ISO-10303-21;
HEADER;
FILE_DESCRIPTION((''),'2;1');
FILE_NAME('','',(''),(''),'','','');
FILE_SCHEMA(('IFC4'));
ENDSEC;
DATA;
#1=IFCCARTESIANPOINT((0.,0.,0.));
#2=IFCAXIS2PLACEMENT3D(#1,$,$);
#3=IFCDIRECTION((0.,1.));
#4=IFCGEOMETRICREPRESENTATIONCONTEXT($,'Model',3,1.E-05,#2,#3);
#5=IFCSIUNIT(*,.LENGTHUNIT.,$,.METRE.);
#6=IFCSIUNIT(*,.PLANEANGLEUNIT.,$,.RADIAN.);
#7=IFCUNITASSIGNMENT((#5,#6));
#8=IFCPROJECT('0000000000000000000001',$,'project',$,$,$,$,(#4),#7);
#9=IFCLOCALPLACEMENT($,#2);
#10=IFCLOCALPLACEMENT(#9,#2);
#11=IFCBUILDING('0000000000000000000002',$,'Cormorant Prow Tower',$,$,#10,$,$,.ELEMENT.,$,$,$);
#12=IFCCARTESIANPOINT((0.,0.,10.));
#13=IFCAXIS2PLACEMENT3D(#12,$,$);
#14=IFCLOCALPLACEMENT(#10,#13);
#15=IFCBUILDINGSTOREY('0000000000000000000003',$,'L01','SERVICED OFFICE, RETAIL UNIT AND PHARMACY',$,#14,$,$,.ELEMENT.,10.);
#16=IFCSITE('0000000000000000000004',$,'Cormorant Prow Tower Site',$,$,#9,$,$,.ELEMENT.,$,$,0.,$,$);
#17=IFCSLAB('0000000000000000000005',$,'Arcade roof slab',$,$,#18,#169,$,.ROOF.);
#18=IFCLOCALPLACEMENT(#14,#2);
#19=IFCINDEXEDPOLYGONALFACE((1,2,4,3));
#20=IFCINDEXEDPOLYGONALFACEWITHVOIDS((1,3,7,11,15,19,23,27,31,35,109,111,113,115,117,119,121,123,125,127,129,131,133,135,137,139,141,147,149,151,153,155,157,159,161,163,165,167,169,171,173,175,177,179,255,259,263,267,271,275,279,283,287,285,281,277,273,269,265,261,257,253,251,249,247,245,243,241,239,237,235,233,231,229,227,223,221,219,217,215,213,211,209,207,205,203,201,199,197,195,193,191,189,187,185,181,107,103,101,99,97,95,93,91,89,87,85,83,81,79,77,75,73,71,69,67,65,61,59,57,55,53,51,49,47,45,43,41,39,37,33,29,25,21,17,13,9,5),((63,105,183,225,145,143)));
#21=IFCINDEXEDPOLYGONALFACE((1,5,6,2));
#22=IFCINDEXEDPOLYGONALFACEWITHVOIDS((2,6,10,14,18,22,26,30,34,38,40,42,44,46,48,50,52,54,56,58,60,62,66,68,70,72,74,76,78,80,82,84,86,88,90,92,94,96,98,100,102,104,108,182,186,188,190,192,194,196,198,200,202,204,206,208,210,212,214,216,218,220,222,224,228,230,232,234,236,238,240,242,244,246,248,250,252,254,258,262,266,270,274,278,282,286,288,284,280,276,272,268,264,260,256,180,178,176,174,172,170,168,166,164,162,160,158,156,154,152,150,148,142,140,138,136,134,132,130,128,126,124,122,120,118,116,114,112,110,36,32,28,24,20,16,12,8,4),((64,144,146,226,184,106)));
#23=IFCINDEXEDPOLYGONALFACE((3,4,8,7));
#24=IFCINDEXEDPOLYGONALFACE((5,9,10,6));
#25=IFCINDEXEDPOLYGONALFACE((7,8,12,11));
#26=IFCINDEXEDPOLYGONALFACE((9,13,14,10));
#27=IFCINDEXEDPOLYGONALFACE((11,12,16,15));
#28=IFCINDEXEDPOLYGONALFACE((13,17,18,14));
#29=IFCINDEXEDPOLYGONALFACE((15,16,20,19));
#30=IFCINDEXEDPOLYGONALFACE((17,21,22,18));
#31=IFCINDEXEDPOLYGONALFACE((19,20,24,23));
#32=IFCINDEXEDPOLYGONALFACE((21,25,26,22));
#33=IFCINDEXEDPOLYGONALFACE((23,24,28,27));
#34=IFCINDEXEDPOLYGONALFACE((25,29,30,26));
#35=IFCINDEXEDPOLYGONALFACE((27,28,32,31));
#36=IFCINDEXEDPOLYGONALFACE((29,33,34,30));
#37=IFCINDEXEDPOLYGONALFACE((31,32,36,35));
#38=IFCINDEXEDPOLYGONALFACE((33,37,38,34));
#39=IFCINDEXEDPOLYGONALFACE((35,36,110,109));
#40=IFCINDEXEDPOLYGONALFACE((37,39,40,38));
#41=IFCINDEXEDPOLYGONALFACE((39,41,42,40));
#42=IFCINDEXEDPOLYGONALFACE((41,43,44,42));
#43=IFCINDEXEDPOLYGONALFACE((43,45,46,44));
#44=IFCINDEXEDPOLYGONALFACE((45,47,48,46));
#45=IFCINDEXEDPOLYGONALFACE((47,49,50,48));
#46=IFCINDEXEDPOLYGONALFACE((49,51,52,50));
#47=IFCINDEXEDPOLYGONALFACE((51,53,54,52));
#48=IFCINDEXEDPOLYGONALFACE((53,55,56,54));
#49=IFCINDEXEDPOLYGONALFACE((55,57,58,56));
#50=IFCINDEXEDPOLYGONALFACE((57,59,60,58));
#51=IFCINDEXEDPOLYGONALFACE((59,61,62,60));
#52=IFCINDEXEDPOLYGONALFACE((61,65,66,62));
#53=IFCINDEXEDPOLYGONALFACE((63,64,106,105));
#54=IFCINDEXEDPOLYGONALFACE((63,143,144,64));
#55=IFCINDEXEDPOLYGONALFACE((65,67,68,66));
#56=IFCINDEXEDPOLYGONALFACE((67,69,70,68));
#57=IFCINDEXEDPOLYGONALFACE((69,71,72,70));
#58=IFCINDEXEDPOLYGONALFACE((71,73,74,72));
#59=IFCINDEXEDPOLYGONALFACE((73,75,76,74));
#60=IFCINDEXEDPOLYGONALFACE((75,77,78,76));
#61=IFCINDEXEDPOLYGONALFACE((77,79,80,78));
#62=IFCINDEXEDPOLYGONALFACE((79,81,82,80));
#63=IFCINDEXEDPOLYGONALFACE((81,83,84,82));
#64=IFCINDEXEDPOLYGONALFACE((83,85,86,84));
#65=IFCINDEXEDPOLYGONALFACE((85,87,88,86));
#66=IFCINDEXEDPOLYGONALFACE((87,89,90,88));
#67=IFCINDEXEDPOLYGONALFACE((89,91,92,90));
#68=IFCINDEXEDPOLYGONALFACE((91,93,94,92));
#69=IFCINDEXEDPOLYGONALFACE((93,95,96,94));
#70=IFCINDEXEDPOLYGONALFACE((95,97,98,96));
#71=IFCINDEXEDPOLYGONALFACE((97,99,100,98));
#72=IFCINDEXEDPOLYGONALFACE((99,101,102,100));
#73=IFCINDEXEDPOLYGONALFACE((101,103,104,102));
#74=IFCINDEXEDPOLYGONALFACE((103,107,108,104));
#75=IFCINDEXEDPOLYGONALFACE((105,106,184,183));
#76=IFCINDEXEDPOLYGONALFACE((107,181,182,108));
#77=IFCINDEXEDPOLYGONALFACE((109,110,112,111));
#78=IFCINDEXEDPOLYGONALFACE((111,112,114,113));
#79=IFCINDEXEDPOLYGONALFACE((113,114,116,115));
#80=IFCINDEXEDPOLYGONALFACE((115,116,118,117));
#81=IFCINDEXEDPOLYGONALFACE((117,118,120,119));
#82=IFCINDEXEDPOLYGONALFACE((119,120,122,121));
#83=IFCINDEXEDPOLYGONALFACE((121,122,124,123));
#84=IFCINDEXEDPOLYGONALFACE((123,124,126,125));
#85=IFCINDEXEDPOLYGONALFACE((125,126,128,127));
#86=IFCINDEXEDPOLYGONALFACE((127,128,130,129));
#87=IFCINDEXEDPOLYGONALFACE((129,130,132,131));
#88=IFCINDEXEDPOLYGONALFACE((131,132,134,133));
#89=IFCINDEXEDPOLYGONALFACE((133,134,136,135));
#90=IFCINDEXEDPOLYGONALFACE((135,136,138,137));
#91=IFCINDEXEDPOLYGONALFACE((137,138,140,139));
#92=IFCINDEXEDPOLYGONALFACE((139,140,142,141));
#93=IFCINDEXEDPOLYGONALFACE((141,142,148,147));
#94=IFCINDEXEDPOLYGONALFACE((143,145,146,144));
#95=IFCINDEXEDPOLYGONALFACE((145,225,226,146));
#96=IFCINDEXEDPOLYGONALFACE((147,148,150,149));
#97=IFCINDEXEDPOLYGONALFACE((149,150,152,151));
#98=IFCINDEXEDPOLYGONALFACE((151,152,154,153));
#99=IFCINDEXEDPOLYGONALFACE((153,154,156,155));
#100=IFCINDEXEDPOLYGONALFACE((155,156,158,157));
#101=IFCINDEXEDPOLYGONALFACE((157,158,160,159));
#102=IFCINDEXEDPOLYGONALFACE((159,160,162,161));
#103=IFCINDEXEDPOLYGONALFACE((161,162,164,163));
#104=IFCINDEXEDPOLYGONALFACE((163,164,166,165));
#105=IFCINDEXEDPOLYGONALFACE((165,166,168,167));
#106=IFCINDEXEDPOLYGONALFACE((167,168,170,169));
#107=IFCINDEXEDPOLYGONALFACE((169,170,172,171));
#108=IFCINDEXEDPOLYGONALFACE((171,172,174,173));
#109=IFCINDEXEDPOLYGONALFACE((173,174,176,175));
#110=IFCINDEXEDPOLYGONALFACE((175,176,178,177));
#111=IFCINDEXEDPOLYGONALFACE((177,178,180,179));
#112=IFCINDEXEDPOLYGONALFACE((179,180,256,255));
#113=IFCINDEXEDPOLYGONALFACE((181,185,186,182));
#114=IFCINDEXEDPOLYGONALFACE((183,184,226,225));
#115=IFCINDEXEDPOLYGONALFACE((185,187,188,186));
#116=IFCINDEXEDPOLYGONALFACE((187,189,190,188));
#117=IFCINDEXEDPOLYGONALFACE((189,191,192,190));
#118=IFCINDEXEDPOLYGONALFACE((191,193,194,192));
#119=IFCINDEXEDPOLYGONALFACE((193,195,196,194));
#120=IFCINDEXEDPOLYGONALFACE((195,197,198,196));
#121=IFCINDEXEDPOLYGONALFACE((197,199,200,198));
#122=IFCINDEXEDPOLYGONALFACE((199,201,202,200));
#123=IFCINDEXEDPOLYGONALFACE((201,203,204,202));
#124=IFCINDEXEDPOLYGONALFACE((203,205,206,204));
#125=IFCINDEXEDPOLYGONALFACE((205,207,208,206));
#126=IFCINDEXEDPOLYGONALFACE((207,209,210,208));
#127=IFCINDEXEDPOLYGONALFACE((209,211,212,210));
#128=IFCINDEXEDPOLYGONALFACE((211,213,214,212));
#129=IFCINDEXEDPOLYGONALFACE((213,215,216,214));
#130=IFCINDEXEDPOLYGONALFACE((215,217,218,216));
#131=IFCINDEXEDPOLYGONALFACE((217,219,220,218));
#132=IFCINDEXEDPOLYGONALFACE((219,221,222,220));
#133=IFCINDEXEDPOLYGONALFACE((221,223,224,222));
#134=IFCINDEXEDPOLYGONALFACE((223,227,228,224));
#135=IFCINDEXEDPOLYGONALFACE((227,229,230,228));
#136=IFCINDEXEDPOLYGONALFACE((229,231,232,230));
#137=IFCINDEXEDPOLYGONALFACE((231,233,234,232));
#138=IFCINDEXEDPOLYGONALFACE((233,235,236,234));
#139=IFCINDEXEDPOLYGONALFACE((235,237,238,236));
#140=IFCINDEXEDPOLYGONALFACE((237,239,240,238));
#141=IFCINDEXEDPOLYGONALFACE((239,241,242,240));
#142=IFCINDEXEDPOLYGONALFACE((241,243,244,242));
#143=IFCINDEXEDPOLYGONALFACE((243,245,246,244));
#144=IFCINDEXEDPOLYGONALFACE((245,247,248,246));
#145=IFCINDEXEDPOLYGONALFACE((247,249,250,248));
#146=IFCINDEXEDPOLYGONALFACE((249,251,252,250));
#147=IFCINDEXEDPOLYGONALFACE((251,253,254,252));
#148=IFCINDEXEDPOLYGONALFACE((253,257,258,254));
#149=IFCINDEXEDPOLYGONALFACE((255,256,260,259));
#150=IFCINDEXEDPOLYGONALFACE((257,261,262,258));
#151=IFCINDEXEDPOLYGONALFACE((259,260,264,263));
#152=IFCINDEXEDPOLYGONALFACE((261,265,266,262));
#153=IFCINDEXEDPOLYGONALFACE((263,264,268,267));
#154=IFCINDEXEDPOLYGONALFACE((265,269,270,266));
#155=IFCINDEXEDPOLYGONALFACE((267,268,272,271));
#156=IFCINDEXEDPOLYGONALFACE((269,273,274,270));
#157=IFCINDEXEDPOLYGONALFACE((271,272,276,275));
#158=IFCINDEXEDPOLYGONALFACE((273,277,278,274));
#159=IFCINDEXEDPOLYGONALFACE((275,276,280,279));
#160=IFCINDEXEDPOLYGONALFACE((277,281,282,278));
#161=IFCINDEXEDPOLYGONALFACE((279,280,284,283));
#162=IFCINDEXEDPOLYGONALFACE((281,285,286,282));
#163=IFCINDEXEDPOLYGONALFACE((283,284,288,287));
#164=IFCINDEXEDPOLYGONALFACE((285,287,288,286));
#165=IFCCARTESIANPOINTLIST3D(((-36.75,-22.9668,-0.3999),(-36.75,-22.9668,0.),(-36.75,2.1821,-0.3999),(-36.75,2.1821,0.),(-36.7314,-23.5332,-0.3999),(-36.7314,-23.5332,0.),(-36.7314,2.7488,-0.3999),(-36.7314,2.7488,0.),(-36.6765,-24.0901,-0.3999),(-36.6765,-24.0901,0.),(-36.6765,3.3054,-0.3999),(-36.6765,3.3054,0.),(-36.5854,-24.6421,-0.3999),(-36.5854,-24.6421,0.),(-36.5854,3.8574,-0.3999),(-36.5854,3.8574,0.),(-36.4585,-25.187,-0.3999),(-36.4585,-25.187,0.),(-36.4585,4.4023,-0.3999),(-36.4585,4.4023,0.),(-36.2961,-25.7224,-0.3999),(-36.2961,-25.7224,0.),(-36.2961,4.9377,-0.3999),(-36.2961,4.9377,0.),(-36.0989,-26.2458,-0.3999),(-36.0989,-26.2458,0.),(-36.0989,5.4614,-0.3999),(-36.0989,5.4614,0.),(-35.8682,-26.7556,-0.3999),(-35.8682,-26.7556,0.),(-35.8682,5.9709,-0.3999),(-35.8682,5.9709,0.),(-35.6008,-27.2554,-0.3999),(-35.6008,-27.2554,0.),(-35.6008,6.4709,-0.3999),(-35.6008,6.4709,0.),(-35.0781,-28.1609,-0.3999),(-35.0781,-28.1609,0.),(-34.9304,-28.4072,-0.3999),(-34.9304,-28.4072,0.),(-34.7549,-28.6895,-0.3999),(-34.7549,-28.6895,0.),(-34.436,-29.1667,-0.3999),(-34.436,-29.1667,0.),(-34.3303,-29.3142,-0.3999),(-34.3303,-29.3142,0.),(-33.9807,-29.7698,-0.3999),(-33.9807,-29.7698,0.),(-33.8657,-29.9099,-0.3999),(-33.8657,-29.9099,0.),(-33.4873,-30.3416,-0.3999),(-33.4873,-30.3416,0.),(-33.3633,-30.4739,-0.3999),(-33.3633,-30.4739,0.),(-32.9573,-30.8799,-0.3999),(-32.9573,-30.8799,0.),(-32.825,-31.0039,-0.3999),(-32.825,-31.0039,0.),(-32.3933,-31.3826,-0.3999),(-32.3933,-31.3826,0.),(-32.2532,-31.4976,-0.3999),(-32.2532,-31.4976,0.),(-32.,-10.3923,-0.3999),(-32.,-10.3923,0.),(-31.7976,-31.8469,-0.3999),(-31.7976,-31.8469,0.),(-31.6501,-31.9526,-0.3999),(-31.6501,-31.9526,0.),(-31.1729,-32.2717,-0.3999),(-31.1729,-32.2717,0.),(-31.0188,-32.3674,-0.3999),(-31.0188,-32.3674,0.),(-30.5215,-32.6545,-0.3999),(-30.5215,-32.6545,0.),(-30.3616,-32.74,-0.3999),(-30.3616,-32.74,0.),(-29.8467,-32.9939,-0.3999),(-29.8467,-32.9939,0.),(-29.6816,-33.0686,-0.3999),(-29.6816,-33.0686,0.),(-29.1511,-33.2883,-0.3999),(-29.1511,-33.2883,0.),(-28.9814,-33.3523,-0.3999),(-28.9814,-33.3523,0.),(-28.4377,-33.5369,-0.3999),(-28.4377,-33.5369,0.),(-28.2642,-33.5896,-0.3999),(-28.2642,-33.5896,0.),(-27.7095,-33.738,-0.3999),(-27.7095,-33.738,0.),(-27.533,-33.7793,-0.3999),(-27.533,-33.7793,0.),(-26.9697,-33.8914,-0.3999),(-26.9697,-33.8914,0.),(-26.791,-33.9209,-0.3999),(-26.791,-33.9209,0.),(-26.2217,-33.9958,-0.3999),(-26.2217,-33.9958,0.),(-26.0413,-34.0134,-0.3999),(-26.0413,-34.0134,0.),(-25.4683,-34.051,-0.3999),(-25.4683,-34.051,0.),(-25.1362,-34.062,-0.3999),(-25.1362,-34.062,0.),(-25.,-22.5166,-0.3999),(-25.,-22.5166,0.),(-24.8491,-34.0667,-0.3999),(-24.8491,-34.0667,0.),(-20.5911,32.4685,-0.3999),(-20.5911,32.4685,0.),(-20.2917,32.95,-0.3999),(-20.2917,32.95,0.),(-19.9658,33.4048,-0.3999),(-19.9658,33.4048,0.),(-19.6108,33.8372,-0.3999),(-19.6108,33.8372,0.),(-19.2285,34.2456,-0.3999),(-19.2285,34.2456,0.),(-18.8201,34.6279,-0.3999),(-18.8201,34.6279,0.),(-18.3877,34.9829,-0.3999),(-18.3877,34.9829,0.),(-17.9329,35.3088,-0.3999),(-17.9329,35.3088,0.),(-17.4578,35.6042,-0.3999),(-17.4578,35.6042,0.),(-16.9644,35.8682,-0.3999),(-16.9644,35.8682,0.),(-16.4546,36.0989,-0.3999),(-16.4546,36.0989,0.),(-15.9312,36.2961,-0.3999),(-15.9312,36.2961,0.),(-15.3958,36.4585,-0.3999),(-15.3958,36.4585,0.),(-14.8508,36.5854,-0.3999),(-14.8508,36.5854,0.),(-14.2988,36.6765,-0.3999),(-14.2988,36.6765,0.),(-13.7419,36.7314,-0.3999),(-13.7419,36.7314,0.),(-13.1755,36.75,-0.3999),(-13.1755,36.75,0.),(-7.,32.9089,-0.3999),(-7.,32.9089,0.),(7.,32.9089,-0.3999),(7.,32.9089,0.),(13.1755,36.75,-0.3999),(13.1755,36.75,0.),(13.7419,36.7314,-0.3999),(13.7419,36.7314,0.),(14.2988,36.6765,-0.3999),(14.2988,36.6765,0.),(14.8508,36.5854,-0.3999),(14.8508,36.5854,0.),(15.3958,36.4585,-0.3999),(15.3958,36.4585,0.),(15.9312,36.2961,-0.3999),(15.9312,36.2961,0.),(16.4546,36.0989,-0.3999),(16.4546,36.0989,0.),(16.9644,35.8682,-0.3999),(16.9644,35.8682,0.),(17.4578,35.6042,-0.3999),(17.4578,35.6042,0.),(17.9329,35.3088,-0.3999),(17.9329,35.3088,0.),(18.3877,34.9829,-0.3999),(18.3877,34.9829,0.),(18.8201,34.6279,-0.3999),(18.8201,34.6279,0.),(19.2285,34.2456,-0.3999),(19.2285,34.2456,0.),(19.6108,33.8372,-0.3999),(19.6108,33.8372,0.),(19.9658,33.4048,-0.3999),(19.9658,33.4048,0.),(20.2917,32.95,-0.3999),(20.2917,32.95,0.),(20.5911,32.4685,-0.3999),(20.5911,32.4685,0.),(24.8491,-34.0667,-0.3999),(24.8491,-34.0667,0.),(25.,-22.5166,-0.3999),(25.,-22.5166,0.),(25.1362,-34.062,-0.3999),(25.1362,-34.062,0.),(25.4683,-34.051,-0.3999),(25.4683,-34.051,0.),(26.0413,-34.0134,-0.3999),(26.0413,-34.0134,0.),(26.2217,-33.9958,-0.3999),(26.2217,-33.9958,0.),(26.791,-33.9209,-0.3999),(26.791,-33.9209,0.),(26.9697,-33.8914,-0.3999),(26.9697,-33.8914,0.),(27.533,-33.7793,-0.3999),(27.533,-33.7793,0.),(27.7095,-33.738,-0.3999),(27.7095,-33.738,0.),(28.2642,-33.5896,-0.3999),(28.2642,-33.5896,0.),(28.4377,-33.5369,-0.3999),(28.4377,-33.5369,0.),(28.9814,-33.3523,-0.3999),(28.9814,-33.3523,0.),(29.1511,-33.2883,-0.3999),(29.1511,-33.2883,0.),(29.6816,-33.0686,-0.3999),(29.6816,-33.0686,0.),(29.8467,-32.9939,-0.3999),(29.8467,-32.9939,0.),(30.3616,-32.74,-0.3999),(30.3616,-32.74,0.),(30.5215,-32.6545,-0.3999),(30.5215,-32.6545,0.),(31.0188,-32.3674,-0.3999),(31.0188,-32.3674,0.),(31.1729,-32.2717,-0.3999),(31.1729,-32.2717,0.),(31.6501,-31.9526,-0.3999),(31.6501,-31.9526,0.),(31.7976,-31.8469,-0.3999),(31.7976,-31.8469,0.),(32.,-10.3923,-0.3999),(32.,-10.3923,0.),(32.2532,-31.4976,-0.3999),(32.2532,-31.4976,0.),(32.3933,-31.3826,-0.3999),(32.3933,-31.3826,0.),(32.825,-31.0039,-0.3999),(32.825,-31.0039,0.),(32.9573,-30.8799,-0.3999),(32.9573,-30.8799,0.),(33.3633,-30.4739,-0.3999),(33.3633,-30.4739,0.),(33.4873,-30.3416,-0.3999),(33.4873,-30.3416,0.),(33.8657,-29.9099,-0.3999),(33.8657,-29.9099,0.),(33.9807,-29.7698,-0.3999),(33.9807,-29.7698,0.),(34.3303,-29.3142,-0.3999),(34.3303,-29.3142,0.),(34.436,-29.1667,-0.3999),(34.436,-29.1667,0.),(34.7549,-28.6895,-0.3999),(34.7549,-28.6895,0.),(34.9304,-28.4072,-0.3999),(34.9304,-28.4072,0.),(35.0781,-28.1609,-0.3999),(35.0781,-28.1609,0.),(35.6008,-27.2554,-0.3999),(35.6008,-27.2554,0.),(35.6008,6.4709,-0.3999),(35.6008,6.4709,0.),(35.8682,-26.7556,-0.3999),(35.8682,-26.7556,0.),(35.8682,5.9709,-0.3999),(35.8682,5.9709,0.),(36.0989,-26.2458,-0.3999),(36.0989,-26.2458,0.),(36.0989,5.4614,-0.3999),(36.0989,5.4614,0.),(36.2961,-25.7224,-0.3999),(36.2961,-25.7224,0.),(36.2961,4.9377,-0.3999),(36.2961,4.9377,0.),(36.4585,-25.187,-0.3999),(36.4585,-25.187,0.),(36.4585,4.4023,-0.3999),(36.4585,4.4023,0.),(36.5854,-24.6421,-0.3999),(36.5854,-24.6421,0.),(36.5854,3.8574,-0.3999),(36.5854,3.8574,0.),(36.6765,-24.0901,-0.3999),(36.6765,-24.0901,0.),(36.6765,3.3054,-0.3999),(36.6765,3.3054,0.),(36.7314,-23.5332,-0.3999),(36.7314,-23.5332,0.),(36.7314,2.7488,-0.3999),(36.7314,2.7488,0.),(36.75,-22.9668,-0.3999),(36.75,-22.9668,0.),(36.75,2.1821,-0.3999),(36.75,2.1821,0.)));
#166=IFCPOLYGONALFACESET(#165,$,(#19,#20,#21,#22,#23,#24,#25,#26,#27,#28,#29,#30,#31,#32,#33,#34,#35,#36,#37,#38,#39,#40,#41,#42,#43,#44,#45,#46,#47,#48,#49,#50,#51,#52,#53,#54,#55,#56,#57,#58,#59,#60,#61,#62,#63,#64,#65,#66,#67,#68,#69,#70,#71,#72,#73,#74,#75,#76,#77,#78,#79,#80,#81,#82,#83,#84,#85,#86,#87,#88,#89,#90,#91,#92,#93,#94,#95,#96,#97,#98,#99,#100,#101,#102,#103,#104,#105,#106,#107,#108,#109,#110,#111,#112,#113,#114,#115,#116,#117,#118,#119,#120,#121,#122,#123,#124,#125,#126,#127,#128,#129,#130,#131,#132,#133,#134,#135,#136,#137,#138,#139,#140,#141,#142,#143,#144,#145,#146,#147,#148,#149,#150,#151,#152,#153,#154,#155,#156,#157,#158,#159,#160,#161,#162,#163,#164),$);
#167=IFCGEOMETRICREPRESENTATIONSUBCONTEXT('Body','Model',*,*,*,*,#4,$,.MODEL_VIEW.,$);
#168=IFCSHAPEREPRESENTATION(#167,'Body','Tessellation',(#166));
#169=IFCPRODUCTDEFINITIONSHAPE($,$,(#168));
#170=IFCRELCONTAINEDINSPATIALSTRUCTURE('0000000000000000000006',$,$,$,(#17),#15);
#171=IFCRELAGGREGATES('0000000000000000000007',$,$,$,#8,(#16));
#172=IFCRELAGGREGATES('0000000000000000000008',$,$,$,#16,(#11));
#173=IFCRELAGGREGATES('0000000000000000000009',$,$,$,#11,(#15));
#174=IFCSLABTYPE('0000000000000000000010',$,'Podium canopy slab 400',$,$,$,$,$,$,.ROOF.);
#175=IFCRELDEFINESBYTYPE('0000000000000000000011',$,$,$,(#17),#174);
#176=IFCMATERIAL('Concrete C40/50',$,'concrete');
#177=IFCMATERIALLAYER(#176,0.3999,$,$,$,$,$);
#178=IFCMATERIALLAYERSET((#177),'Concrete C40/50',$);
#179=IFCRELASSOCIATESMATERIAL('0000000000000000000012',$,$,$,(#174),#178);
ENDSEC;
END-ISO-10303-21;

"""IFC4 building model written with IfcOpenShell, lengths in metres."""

from ifc_helpers import new_model, si_unit, direction, frame, origin, place, context, subcontext, project, spatial, polyline, outline, extrude, material, layer, layer_set, type_object, element, save


model = new_model("IFC4")

# Units and contexts
model_context = context("Model", 3, precision=1e-05, world=origin(), true_north=direction((0.0, 1.0)))
body_context = subcontext(model_context, "Body", "Model", "MODEL_VIEW")
ifc_project = project(units=[si_unit("LENGTHUNIT", "METRE"), si_unit("PLANEANGLEUNIT", "RADIAN")], contexts=[model_context])

# Site, building, storey
site_placement = place(None, origin())
site = spatial("IfcSite", under=ifc_project, at=site_placement, Name="Cormorant Prow Tower Site", CompositionType="ELEMENT", RefElevation=0.0)
building_placement = place(site_placement, origin())
building = spatial("IfcBuilding", under=site, at=building_placement, Name="Cormorant Prow Tower", CompositionType="ELEMENT")
storey_placement = place(building_placement, frame((0.0, 0.0, 10.0)))
storey = spatial("IfcBuildingStorey", under=building, at=storey_placement, Name="L01", Description="SERVICED OFFICE, RETAIL UNIT AND PHARMACY", CompositionType="ELEMENT", Elevation=10.0)

# Slab
ifc_material_1 = material(Name="Concrete C40/50", Category="concrete")
ifc_layer_1 = layer(ifc_material_1, 0.3999)
ifc_layer_set_1 = layer_set([ifc_layer_1], Name="Concrete C40/50")
slab_type = type_object("IfcSlabType", Name="Podium canopy slab 400", PredefinedType="ROOF", material=ifc_layer_set_1)
slab_placement = place(storey_placement, frame((0.0, 0.0, -0.3999)))
element("IfcSlab", 1, at=slab_placement, inside=storey, type_object=slab_type, Name="Arcade roof slab", PredefinedType="ROOF", context=body_context, shape_type="SweptSolid", body=[
    extrude(outline(polyline([(-36.0989, -26.2458), (-36.2961, -25.7224), (-36.4585, -25.187), (-36.5854, -24.6421), (-36.6765, -24.0901), (-36.7314, -23.5332), (-36.75, -22.9668), (-36.75, 2.1821), (-36.7314, 2.7488), (-36.6765, 3.3054), (-36.5854, 3.8574), (-36.4585, 4.4023), (-36.2961, 4.9377), (-36.0989, 5.4614), (-35.8682, 5.9709), (-35.6008, 6.4709), (-20.5911, 32.4685), (-20.2917, 32.95), (-19.9658, 33.4048), (-19.6108, 33.8372), (-19.2285, 34.2456), (-18.8201, 34.6279), (-18.3877, 34.9829), (-17.9329, 35.3088), (-17.4578, 35.6042), (-16.9644, 35.8682), (-16.4546, 36.0989), (-15.9312, 36.2961), (-15.3958, 36.4585), (-14.8508, 36.5854), (-14.2988, 36.6765), (-13.7419, 36.7314), (-13.1755, 36.75), (13.1755, 36.75), (13.7419, 36.7314), (14.2988, 36.6765), (14.8508, 36.5854), (15.3958, 36.4585), (15.9312, 36.2961), (16.4546, 36.0989), (16.9644, 35.8682), (17.4578, 35.6042), (17.9329, 35.3088), (18.3877, 34.9829), (18.8201, 34.6279), (19.2285, 34.2456), (19.6108, 33.8372), (19.9658, 33.4048), (20.2917, 32.95), (20.5911, 32.4685), (35.6008, 6.4709), (35.8682, 5.9709), (36.0989, 5.4614), (36.2961, 4.9377), (36.4585, 4.4023), (36.5854, 3.8574), (36.6765, 3.3054), (36.7314, 2.7488), (36.75, 2.1821), (36.75, -22.9668), (36.7314, -23.5332), (36.6765, -24.0901), (36.5854, -24.6421), (36.4585, -25.187), (36.2961, -25.7224), (36.0989, -26.2458), (35.8682, -26.7556), (35.6008, -27.2554), (35.0781, -28.1609), (34.9304, -28.4072), (34.7549, -28.6895), (34.436, -29.1667), (34.3303, -29.3142), (33.9807, -29.7698), (33.8657, -29.9099), (33.4873, -30.3416), (33.3633, -30.4739), (32.9573, -30.8799), (32.825, -31.0039), (32.3933, -31.3826), (32.2532, -31.4976), (31.7976, -31.8469), (31.6501, -31.9526), (31.1729, -32.2717), (31.0188, -32.3674), (30.5215, -32.6545), (30.3616, -32.74), (29.8467, -32.9939), (29.6816, -33.0686), (29.1511, -33.2883), (28.9814, -33.3523), (28.4377, -33.5369), (28.2642, -33.5896), (27.7095, -33.738), (27.533, -33.7793), (26.9697, -33.8914), (26.791, -33.9209), (26.2217, -33.9958), (26.0413, -34.0134), (25.4683, -34.051), (25.1362, -34.062), (24.8491, -34.0667), (-24.8491, -34.0667), (-25.1362, -34.062), (-25.4683, -34.051), (-26.0413, -34.0134), (-26.2217, -33.9958), (-26.791, -33.9209), (-26.9697, -33.8914), (-27.533, -33.7793), (-27.7095, -33.738), (-28.2642, -33.5896), (-28.4377, -33.5369), (-28.9814, -33.3523), (-29.1511, -33.2883), (-29.6816, -33.0686), (-29.8467, -32.9939), (-30.3616, -32.74), (-30.5215, -32.6545), (-31.0188, -32.3674), (-31.1729, -32.2717), (-31.6501, -31.9526), (-31.7976, -31.8469), (-32.2532, -31.4976), (-32.3933, -31.3826), (-32.825, -31.0039), (-32.9573, -30.8799), (-33.3633, -30.4739), (-33.4873, -30.3416), (-33.8657, -29.9099), (-33.9807, -29.7698), (-34.3303, -29.3142), (-34.436, -29.1667), (-34.7549, -28.6895), (-34.9304, -28.4072), (-35.0781, -28.1609), (-35.6008, -27.2554), (-35.8682, -26.7556), (-36.0989, -26.2458)]), holes=[polyline([(-25.0, -22.5166), (25.0, -22.5166), (32.0, -10.3923), (7.0, 32.9089), (-7.0, 32.9089), (-32.0, -10.3923), (-25.0, -22.5166)])]), origin(), (0.0, 0.0, 1.0), 0.3999),
])

save(model, "model.ifc")
